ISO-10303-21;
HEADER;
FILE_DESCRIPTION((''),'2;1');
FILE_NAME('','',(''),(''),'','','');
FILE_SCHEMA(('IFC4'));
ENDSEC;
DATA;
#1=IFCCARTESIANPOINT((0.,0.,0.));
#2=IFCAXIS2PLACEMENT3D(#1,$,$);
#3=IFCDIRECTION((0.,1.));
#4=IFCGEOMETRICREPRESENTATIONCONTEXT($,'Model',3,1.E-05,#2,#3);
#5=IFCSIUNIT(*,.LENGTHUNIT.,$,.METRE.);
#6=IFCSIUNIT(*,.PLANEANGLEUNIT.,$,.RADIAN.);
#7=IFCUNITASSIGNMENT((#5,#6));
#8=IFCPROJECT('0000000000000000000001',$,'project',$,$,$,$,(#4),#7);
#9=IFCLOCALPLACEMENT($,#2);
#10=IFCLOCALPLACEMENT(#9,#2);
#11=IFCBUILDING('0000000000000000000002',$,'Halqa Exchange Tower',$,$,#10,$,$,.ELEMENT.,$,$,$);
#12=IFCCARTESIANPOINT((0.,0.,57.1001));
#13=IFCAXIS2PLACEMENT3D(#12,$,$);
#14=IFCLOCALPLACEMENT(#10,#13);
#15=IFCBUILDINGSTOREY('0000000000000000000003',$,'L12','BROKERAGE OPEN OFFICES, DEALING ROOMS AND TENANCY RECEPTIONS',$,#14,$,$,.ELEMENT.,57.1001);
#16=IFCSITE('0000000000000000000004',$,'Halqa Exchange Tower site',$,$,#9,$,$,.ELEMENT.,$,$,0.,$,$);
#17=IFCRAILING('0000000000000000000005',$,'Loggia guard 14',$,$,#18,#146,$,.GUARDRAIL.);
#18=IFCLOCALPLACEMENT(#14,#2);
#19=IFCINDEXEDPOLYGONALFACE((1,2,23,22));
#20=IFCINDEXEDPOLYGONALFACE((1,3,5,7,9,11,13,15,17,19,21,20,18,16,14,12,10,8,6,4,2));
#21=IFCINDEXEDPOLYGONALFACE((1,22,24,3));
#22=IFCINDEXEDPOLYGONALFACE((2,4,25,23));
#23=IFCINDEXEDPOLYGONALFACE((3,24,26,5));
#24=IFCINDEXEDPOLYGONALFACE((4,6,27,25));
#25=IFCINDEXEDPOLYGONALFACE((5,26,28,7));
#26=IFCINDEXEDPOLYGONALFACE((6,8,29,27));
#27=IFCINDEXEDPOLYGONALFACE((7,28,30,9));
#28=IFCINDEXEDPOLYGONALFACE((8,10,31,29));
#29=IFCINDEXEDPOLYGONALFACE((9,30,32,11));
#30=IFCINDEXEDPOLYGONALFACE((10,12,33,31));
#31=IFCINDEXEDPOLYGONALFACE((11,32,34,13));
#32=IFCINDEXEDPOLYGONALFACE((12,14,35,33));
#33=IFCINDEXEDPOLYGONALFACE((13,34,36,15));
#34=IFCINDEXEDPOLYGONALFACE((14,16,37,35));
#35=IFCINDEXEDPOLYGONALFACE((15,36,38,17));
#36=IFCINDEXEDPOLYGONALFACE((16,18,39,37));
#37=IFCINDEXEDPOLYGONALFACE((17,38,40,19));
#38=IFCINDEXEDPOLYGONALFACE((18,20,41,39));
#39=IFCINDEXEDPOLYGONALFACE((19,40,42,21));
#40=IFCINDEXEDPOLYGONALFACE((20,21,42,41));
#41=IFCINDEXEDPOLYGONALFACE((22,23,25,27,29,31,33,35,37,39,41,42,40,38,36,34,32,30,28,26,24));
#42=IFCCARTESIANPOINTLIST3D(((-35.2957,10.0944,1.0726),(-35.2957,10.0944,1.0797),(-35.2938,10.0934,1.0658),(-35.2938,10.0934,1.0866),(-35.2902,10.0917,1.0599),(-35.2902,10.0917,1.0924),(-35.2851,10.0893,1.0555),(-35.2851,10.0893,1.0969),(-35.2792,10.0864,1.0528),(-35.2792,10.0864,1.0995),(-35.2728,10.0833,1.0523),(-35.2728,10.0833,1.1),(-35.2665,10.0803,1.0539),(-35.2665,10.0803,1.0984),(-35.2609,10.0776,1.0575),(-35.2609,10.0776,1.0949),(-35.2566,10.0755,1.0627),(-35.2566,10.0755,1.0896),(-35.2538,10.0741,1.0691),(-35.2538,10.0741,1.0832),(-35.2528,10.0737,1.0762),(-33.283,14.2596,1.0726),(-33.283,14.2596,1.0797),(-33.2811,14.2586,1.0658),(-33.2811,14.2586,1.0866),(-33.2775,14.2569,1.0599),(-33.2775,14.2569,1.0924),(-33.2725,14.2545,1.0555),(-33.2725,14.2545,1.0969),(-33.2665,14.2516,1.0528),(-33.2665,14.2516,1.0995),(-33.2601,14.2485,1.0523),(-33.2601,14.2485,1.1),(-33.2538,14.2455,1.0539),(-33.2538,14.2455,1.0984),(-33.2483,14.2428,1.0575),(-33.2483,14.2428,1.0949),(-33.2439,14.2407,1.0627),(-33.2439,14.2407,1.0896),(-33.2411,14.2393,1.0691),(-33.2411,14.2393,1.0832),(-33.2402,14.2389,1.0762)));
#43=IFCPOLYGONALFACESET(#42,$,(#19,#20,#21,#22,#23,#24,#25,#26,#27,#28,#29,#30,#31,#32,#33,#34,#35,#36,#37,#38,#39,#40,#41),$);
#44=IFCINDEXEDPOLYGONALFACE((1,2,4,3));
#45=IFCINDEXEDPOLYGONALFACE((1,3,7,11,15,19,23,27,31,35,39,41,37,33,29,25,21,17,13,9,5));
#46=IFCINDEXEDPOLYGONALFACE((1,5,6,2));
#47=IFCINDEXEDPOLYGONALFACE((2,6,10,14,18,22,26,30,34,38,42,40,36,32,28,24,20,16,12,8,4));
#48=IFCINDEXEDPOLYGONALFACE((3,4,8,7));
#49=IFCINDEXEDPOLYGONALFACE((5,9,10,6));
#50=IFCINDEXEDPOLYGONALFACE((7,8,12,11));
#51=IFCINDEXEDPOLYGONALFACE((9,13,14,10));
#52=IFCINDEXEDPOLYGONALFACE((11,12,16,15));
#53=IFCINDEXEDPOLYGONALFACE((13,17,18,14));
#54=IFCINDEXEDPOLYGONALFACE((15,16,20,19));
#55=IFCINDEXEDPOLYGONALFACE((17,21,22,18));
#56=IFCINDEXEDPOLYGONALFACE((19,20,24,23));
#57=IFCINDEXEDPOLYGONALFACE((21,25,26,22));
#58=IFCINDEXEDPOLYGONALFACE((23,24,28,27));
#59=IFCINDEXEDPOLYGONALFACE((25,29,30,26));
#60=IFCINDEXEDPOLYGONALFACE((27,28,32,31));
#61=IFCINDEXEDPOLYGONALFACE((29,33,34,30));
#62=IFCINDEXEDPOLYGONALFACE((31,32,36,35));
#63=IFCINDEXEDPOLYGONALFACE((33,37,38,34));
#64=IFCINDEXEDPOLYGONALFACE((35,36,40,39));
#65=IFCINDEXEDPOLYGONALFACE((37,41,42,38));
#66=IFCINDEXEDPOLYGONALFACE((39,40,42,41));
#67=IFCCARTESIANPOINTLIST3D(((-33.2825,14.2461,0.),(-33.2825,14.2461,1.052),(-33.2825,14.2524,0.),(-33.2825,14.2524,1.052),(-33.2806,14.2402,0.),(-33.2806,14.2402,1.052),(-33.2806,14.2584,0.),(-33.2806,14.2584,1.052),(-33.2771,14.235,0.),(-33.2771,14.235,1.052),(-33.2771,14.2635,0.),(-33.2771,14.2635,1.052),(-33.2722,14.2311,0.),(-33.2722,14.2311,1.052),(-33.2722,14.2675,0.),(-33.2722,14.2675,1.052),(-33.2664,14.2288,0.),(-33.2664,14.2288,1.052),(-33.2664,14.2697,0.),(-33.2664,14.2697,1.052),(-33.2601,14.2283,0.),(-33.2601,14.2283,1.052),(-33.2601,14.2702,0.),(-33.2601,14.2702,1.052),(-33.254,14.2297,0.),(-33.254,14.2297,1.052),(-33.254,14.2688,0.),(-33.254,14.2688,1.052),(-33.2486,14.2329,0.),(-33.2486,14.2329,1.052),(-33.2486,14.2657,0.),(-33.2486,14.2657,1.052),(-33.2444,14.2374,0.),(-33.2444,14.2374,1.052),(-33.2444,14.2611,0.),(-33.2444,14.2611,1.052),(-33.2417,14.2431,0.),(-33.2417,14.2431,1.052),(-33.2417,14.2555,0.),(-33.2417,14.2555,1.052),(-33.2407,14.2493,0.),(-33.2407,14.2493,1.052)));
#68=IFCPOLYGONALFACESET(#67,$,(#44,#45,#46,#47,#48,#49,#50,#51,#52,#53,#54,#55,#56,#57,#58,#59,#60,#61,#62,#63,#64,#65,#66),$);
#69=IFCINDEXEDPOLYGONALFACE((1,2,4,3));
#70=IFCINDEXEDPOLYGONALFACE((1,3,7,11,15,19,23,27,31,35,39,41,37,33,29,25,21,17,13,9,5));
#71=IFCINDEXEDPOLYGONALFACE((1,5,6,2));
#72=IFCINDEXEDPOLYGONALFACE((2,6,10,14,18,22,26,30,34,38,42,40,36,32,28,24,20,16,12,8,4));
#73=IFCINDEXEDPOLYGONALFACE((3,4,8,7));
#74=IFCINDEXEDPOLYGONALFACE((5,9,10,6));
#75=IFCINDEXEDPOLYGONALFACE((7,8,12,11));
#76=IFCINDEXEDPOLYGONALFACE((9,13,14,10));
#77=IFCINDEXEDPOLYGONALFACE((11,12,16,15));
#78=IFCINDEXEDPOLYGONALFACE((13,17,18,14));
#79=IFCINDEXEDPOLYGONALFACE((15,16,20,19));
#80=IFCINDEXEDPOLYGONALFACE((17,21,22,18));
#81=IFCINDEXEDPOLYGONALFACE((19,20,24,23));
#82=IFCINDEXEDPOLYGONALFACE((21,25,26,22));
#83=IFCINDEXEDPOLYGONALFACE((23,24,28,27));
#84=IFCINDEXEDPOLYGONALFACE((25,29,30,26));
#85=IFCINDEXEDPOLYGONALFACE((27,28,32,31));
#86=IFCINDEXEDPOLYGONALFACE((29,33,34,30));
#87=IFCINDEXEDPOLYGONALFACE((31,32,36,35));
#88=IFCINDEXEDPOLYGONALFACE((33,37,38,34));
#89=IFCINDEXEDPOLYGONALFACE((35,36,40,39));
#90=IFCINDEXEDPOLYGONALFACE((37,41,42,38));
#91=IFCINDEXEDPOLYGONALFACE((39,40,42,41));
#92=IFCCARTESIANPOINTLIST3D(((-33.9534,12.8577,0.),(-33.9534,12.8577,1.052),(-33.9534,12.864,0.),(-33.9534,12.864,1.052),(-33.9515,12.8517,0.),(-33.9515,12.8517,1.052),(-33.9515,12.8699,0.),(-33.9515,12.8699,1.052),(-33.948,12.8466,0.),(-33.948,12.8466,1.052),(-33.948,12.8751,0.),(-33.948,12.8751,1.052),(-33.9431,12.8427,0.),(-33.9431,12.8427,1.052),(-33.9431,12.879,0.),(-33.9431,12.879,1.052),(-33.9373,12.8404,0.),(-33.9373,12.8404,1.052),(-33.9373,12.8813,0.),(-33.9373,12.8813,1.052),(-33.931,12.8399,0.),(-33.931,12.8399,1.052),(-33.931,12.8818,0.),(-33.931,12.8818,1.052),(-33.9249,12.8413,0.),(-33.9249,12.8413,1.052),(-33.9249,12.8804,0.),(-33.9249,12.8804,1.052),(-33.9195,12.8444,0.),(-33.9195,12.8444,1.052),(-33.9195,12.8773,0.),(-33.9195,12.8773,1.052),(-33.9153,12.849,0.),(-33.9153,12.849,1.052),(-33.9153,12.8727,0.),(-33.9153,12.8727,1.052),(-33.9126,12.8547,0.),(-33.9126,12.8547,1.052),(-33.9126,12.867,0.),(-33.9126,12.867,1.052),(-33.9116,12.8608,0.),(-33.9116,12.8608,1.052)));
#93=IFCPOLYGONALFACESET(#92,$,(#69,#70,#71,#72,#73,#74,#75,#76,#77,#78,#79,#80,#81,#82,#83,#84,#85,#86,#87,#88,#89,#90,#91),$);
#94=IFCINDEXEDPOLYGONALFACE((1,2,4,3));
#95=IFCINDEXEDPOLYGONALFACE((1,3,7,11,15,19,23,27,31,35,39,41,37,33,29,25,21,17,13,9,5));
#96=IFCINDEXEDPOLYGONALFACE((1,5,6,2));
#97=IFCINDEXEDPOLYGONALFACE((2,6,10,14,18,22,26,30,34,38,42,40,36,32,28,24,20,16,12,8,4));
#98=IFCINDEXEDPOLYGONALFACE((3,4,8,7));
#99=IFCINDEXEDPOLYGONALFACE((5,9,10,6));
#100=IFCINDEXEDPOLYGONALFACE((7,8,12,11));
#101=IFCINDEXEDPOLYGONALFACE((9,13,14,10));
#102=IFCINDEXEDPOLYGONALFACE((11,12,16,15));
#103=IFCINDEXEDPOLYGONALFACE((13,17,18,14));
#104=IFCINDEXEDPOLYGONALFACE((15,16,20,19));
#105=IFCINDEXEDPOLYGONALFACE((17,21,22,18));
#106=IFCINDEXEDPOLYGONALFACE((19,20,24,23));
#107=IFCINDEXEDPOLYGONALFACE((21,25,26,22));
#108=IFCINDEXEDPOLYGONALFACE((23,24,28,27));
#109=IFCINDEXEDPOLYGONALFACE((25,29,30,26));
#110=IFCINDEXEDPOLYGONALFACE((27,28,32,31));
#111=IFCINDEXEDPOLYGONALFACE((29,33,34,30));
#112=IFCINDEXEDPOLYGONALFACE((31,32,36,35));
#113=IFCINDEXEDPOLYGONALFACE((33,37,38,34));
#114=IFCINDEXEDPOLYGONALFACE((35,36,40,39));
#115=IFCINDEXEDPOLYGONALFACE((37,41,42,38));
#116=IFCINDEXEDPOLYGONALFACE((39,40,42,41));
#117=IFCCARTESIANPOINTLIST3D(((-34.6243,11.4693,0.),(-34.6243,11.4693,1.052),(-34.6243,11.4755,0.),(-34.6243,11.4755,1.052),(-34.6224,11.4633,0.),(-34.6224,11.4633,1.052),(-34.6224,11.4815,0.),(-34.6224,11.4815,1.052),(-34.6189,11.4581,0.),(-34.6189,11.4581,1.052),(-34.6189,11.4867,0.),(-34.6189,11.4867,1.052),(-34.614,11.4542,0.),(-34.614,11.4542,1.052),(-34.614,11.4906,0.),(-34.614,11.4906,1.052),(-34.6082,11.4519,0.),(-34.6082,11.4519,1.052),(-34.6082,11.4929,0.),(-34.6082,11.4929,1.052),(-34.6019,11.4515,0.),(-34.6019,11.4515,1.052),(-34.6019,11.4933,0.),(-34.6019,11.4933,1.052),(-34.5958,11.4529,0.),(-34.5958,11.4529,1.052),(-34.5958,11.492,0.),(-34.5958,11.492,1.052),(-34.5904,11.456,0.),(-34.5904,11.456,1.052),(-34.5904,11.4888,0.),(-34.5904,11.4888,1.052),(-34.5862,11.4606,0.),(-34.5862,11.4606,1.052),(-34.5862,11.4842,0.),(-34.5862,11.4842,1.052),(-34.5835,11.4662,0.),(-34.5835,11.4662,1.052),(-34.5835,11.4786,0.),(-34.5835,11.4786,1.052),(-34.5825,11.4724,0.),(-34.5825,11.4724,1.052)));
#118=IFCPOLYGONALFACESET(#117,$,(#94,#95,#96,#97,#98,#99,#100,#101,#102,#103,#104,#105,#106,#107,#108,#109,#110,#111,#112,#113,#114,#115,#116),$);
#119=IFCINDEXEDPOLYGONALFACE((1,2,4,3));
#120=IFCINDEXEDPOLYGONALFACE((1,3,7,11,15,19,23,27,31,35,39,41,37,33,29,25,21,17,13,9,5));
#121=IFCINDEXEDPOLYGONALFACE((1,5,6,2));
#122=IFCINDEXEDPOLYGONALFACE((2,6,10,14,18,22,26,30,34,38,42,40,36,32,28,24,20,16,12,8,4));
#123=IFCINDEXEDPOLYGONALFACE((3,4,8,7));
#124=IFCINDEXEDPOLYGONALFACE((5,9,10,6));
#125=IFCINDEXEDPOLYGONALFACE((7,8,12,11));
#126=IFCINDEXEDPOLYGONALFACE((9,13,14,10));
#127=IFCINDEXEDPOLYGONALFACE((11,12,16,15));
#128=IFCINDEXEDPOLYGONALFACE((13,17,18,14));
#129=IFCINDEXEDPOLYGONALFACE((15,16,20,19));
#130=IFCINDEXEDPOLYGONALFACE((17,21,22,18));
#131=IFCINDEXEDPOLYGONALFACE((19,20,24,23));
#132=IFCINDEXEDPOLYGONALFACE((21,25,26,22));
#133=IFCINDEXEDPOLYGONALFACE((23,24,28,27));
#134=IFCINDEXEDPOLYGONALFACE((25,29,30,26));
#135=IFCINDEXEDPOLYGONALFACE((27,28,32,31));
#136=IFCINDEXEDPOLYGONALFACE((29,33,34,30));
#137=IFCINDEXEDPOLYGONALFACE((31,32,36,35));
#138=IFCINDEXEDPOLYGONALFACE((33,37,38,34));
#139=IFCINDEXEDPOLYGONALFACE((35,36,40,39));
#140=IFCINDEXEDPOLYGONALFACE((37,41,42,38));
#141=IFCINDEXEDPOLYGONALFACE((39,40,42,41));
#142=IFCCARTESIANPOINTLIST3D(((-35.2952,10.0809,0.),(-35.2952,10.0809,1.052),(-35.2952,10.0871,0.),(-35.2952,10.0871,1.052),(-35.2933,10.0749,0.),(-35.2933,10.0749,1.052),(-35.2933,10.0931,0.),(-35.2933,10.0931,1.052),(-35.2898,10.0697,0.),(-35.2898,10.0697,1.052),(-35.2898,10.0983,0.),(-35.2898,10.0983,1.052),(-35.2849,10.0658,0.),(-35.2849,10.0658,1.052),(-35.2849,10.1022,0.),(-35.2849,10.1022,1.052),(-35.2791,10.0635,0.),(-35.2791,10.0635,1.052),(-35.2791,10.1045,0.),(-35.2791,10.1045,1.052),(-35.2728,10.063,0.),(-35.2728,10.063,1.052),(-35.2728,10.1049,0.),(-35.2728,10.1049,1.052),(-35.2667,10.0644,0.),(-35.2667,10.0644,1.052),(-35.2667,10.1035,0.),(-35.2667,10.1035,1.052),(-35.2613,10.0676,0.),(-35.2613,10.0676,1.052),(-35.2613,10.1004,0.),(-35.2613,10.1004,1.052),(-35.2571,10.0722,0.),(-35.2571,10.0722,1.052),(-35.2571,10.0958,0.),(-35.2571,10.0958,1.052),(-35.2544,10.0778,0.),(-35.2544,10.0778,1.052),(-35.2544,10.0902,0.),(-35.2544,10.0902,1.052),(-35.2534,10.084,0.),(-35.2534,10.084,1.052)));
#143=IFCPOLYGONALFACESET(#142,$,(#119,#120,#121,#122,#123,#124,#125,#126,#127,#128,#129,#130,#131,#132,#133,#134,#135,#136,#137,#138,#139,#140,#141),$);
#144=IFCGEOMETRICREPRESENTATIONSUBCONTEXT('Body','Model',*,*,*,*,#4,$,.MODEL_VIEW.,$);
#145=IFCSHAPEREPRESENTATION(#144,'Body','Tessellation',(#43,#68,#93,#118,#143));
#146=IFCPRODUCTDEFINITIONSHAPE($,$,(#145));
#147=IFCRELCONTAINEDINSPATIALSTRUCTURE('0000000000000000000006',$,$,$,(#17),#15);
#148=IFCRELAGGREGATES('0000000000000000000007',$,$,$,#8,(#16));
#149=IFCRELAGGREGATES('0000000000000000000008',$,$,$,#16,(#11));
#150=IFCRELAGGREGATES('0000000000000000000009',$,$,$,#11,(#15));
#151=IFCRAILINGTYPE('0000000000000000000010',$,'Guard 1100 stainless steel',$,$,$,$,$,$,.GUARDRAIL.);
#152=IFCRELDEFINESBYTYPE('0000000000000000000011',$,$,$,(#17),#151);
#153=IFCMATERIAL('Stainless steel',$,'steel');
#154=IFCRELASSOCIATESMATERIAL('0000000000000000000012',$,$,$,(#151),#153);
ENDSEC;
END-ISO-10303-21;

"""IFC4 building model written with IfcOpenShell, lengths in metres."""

from ifc_helpers import new_model, si_unit, direction, frame, origin, origin_2d, place, context, subcontext, project, spatial, circle, extrude, material, type_object, element, save


model = new_model("IFC4")

# Units and contexts
model_context = context("Model", 3, precision=1e-05, world=origin(), true_north=direction((0.0, 1.0)))
body_context = subcontext(model_context, "Body", "Model", "MODEL_VIEW")
ifc_project = project(units=[si_unit("LENGTHUNIT", "METRE"), si_unit("PLANEANGLEUNIT", "RADIAN")], contexts=[model_context])

# Site, building, storey
site_placement = place(None, origin())
site = spatial("IfcSite", under=ifc_project, at=site_placement, Name="Halqa Exchange Tower site", CompositionType="ELEMENT", RefElevation=0.0)
building_placement = place(site_placement, origin())
building = spatial("IfcBuilding", under=site, at=building_placement, Name="Halqa Exchange Tower", CompositionType="ELEMENT")
storey_placement = place(building_placement, frame((0.0, 0.0, 57.1001)))
storey = spatial("IfcBuildingStorey", under=building, at=storey_placement, Name="L12", Description="BROKERAGE OPEN OFFICES, DEALING ROOMS AND TENANCY RECEPTIONS", CompositionType="ELEMENT", Elevation=57.1001)

# Railing
ifc_material_1 = material(Name="Stainless steel", Category="steel")
railing_type = type_object("IfcRailingType", Name="Guard 1100 stainless steel", PredefinedType="GUARDRAIL", material=ifc_material_1)
railing_1_placement = place(storey_placement, frame((-33.2617, 14.2493, 0.0)))
element("IfcRailing", 1, at=railing_1_placement, inside=storey, type_object=railing_type, Name="Loggia guard 14", PredefinedType="GUARDRAIL", context=body_context, shape_type="SweptSolid", body=[
    extrude(circle(Radius=0.0239, at=origin_2d()), frame((0.0, 0.0, 1.0762), z_axis=(-0.435077, -0.900393, 0.0), x_axis=(0.900393, -0.435077, 0.0)), (0.0, 0.0, 1.0), 4.626),
    extrude(circle(Radius=0.021, at=origin_2d()), origin(), (0.0, 0.0, 1.0), 1.052),
    extrude(circle(Radius=0.021, at=origin_2d()), frame((-0.6709, -1.3884, 0.0)), (0.0, 0.0, 1.0), 1.052),
    extrude(circle(Radius=0.021, at=origin_2d()), frame((-1.3418, -2.7769, 0.0)), (0.0, 0.0, 1.0), 1.052),
    extrude(circle(Radius=0.021, at=origin_2d()), frame((-2.0127, -4.1653, 0.0)), (0.0, 0.0, 1.0), 1.052),
])

save(model, "model.ifc")
